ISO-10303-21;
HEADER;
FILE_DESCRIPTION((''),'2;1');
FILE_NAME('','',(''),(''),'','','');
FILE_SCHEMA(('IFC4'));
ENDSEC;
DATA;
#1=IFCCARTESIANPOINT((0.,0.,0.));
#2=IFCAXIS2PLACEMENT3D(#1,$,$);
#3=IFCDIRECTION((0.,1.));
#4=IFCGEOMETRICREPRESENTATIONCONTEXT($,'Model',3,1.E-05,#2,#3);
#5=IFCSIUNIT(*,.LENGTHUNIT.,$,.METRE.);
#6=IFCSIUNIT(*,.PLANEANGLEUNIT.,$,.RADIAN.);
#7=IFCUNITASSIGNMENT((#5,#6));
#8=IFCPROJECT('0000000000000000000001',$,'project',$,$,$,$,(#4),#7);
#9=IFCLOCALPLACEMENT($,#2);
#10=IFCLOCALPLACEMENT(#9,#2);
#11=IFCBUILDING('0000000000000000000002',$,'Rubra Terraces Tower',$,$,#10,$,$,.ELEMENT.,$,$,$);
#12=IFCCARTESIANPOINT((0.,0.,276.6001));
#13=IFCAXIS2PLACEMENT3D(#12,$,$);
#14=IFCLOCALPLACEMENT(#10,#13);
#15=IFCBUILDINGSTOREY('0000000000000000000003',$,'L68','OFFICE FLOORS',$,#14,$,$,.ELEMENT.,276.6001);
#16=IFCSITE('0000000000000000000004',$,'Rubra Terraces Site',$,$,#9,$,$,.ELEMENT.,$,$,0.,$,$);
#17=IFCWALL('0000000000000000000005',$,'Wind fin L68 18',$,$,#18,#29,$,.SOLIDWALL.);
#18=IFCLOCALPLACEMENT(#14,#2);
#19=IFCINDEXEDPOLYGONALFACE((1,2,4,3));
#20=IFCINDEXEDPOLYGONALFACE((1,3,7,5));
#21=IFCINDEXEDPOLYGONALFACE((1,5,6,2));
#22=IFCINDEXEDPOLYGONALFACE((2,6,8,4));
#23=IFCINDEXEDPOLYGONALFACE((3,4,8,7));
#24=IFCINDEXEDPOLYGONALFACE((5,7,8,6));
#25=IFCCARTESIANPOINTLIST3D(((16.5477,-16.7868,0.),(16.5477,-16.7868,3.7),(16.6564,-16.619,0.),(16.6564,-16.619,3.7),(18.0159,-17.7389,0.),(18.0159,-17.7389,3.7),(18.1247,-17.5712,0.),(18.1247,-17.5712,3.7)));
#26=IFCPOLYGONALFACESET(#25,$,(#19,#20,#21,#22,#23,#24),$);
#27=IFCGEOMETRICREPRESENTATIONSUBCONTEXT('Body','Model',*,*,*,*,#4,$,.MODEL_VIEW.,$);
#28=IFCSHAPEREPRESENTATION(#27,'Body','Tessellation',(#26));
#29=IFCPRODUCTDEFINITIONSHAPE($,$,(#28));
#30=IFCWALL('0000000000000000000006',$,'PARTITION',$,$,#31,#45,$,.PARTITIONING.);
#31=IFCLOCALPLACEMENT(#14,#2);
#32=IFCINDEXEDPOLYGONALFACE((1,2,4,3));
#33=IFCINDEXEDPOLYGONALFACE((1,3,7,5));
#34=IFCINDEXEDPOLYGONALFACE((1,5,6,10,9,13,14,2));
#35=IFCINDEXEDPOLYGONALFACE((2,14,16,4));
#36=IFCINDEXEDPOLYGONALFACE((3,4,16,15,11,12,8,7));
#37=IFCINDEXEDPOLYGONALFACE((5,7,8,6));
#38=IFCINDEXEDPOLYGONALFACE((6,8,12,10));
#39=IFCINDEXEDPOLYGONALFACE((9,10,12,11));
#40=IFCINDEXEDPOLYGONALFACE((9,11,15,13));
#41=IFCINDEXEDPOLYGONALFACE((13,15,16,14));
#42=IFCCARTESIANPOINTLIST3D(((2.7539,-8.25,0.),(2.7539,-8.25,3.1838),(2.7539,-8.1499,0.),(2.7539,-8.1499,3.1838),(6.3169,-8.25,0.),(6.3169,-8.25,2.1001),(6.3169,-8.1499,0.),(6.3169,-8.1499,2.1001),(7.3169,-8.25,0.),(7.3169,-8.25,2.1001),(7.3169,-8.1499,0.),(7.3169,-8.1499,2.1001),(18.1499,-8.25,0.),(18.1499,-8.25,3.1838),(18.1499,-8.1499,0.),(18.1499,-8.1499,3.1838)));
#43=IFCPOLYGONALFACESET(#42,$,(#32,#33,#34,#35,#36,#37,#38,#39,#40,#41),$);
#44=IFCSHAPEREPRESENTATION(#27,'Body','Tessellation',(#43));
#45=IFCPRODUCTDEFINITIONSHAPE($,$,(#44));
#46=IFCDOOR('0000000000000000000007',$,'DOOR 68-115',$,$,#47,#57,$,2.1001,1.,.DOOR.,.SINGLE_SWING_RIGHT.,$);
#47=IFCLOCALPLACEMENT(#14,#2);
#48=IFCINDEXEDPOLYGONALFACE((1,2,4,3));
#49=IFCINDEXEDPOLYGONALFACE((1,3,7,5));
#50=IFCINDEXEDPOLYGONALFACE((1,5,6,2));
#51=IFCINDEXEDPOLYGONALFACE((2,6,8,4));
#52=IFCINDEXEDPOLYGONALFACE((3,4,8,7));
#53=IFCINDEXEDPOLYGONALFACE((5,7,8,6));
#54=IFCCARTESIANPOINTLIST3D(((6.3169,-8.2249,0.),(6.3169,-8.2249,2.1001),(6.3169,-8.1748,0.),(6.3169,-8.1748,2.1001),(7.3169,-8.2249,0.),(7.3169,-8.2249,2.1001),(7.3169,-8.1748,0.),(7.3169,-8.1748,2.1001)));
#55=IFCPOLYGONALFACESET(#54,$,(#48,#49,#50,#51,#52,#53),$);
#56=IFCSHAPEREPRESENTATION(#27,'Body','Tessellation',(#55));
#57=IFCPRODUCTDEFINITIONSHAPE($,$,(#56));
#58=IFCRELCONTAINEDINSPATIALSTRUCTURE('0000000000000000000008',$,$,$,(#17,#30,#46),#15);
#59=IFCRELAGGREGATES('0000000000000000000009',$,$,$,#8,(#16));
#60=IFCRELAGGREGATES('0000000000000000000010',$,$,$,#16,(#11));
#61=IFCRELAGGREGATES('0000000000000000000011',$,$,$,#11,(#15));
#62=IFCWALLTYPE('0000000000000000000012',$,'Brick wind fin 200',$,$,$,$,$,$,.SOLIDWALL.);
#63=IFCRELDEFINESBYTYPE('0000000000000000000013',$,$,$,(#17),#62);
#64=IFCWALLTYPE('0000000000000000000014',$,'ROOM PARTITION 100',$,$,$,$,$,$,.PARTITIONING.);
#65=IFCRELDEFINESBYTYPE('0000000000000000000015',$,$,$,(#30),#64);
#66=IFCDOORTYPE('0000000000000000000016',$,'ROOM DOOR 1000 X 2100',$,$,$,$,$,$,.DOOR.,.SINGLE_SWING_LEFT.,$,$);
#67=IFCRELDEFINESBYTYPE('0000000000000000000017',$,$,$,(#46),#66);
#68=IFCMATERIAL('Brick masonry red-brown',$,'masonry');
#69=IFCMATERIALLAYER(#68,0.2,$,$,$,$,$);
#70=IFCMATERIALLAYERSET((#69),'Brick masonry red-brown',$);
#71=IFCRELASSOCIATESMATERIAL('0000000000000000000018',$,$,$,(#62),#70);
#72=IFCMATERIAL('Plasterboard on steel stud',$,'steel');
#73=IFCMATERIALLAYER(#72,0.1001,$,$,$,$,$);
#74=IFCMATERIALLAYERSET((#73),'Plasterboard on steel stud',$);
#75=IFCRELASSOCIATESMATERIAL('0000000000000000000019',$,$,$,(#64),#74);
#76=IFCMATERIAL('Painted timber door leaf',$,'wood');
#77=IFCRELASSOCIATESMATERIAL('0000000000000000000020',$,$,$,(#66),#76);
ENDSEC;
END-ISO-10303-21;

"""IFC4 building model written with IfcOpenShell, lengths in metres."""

from ifc_helpers import new_model, si_unit, direction, frame, frame_2d, origin, place, context, subcontext, project, spatial, rectangle, extrude, material, layer, layer_set, type_object, element, fill, save


model = new_model("IFC4")

# Units and contexts
model_context = context("Model", 3, precision=1e-05, world=origin(), true_north=direction((0.0, 1.0)))
body_context = subcontext(model_context, "Body", "Model", "MODEL_VIEW")
ifc_project = project(units=[si_unit("LENGTHUNIT", "METRE"), si_unit("PLANEANGLEUNIT", "RADIAN")], contexts=[model_context])

# Site, building, storey
site_placement = place(None, origin())
site = spatial("IfcSite", under=ifc_project, at=site_placement, Name="Rubra Terraces Site", CompositionType="ELEMENT", RefElevation=0.0)
building_placement = place(site_placement, origin())
building = spatial("IfcBuilding", under=site, at=building_placement, Name="Rubra Terraces Tower", CompositionType="ELEMENT")
storey_placement = place(building_placement, frame((0.0, 0.0, 276.6001)))
storey = spatial("IfcBuildingStorey", under=building, at=storey_placement, Name="L68", Description="OFFICE FLOORS", CompositionType="ELEMENT", Elevation=276.6001)

# Shared definitions
ifc_material_1 = material(Name="Brick masonry red-brown", Category="masonry")

# Wall
ifc_layer_1 = layer(ifc_material_1, 0.2)
ifc_layer_set_1 = layer_set([ifc_layer_1], Name="Brick masonry red-brown")
wall_type_1 = type_object("IfcWallType", Name="Brick wind fin 200", PredefinedType="SOLIDWALL", material=ifc_layer_set_1)
wall_1_placement = place(storey_placement, frame((16.6021, -16.7029, 0.0), z_axis=(0.0, 0.0, 1.0), x_axis=(0.839023, -0.544096, 0.0)))
element("IfcWall", 1, at=wall_1_placement, inside=storey, type_object=wall_type_1, Name="Wind fin L68 18", PredefinedType="SOLIDWALL", context=body_context, shape_type="SweptSolid", body=[
    extrude(rectangle(XDim=1.75, YDim=0.2, at=frame_2d((0.875, 0.0))), origin(), (0.0, 0.0, 1.0), 3.7),
])

# Wall, opening, door
ifc_material_2 = material(Name="Plasterboard on steel stud", Category="steel")
ifc_layer_2 = layer(ifc_material_2, 0.1001)
ifc_layer_set_2 = layer_set([ifc_layer_2], Name="Plasterboard on steel stud")
wall_type_2 = type_object("IfcWallType", Name="ROOM PARTITION 100", PredefinedType="PARTITIONING", material=ifc_layer_set_2)
wall_2_placement = place(storey_placement, frame((18.1499, -8.2, 0.0), z_axis=(0.0, 0.0, 1.0), x_axis=(-1.0, 0.0, 0.0)))
wall_2 = element("IfcWall", 2, at=wall_2_placement, inside=storey, type_object=wall_type_2, Name="PARTITION", PredefinedType="PARTITIONING", context=body_context, shape_type="SweptSolid", body=[
    extrude(rectangle(XDim=15.396, YDim=0.1001, at=frame_2d((7.698, 0.0))), origin(), (0.0, 0.0, 1.0), 3.1838),
])
opening_1_placement = place(wall_2_placement, frame((10.833, 0.0, 0.0)))
opening_1 = element("IfcOpeningElement", 3, at=opening_1_placement, cuts=wall_2, PredefinedType="OPENING", context=body_context, shape_type="SweptSolid", body=[
    extrude(rectangle(XDim=1.0, YDim=2.1001, at=frame_2d((0.5, 1.05))), frame((0.0, 0.0601, 0.0), z_axis=(0.0, -1.0, 0.0), x_axis=(1.0, 0.0, 0.0)), (0.0, 0.0, 1.0), 0.1201),
])
ifc_material_3 = material(Name="Painted timber door leaf", Category="wood")
door_type = type_object("IfcDoorType", Name="ROOM DOOR 1000 X 2100", OperationType="SINGLE_SWING_LEFT", PredefinedType="DOOR", material=ifc_material_3)
door_placement = place(opening_1_placement, origin())
door = element("IfcDoor", 4, at=door_placement, inside=storey, type_object=door_type, Name="DOOR 68-115", OperationType="SINGLE_SWING_RIGHT", OverallHeight=2.1001, OverallWidth=1.0, PredefinedType="DOOR", context=body_context, shape_type="SweptSolid", body=[
    extrude(rectangle(XDim=1.0, YDim=2.1001, at=frame_2d((0.5, 1.05))), frame((0.0, 0.0249, 0.0), z_axis=(0.0, -1.0, 0.0), x_axis=(1.0, 0.0, 0.0)), (0.0, 0.0, 1.0), 0.05),
])
fill(opening_1, door)

save(model, "model.ifc")
